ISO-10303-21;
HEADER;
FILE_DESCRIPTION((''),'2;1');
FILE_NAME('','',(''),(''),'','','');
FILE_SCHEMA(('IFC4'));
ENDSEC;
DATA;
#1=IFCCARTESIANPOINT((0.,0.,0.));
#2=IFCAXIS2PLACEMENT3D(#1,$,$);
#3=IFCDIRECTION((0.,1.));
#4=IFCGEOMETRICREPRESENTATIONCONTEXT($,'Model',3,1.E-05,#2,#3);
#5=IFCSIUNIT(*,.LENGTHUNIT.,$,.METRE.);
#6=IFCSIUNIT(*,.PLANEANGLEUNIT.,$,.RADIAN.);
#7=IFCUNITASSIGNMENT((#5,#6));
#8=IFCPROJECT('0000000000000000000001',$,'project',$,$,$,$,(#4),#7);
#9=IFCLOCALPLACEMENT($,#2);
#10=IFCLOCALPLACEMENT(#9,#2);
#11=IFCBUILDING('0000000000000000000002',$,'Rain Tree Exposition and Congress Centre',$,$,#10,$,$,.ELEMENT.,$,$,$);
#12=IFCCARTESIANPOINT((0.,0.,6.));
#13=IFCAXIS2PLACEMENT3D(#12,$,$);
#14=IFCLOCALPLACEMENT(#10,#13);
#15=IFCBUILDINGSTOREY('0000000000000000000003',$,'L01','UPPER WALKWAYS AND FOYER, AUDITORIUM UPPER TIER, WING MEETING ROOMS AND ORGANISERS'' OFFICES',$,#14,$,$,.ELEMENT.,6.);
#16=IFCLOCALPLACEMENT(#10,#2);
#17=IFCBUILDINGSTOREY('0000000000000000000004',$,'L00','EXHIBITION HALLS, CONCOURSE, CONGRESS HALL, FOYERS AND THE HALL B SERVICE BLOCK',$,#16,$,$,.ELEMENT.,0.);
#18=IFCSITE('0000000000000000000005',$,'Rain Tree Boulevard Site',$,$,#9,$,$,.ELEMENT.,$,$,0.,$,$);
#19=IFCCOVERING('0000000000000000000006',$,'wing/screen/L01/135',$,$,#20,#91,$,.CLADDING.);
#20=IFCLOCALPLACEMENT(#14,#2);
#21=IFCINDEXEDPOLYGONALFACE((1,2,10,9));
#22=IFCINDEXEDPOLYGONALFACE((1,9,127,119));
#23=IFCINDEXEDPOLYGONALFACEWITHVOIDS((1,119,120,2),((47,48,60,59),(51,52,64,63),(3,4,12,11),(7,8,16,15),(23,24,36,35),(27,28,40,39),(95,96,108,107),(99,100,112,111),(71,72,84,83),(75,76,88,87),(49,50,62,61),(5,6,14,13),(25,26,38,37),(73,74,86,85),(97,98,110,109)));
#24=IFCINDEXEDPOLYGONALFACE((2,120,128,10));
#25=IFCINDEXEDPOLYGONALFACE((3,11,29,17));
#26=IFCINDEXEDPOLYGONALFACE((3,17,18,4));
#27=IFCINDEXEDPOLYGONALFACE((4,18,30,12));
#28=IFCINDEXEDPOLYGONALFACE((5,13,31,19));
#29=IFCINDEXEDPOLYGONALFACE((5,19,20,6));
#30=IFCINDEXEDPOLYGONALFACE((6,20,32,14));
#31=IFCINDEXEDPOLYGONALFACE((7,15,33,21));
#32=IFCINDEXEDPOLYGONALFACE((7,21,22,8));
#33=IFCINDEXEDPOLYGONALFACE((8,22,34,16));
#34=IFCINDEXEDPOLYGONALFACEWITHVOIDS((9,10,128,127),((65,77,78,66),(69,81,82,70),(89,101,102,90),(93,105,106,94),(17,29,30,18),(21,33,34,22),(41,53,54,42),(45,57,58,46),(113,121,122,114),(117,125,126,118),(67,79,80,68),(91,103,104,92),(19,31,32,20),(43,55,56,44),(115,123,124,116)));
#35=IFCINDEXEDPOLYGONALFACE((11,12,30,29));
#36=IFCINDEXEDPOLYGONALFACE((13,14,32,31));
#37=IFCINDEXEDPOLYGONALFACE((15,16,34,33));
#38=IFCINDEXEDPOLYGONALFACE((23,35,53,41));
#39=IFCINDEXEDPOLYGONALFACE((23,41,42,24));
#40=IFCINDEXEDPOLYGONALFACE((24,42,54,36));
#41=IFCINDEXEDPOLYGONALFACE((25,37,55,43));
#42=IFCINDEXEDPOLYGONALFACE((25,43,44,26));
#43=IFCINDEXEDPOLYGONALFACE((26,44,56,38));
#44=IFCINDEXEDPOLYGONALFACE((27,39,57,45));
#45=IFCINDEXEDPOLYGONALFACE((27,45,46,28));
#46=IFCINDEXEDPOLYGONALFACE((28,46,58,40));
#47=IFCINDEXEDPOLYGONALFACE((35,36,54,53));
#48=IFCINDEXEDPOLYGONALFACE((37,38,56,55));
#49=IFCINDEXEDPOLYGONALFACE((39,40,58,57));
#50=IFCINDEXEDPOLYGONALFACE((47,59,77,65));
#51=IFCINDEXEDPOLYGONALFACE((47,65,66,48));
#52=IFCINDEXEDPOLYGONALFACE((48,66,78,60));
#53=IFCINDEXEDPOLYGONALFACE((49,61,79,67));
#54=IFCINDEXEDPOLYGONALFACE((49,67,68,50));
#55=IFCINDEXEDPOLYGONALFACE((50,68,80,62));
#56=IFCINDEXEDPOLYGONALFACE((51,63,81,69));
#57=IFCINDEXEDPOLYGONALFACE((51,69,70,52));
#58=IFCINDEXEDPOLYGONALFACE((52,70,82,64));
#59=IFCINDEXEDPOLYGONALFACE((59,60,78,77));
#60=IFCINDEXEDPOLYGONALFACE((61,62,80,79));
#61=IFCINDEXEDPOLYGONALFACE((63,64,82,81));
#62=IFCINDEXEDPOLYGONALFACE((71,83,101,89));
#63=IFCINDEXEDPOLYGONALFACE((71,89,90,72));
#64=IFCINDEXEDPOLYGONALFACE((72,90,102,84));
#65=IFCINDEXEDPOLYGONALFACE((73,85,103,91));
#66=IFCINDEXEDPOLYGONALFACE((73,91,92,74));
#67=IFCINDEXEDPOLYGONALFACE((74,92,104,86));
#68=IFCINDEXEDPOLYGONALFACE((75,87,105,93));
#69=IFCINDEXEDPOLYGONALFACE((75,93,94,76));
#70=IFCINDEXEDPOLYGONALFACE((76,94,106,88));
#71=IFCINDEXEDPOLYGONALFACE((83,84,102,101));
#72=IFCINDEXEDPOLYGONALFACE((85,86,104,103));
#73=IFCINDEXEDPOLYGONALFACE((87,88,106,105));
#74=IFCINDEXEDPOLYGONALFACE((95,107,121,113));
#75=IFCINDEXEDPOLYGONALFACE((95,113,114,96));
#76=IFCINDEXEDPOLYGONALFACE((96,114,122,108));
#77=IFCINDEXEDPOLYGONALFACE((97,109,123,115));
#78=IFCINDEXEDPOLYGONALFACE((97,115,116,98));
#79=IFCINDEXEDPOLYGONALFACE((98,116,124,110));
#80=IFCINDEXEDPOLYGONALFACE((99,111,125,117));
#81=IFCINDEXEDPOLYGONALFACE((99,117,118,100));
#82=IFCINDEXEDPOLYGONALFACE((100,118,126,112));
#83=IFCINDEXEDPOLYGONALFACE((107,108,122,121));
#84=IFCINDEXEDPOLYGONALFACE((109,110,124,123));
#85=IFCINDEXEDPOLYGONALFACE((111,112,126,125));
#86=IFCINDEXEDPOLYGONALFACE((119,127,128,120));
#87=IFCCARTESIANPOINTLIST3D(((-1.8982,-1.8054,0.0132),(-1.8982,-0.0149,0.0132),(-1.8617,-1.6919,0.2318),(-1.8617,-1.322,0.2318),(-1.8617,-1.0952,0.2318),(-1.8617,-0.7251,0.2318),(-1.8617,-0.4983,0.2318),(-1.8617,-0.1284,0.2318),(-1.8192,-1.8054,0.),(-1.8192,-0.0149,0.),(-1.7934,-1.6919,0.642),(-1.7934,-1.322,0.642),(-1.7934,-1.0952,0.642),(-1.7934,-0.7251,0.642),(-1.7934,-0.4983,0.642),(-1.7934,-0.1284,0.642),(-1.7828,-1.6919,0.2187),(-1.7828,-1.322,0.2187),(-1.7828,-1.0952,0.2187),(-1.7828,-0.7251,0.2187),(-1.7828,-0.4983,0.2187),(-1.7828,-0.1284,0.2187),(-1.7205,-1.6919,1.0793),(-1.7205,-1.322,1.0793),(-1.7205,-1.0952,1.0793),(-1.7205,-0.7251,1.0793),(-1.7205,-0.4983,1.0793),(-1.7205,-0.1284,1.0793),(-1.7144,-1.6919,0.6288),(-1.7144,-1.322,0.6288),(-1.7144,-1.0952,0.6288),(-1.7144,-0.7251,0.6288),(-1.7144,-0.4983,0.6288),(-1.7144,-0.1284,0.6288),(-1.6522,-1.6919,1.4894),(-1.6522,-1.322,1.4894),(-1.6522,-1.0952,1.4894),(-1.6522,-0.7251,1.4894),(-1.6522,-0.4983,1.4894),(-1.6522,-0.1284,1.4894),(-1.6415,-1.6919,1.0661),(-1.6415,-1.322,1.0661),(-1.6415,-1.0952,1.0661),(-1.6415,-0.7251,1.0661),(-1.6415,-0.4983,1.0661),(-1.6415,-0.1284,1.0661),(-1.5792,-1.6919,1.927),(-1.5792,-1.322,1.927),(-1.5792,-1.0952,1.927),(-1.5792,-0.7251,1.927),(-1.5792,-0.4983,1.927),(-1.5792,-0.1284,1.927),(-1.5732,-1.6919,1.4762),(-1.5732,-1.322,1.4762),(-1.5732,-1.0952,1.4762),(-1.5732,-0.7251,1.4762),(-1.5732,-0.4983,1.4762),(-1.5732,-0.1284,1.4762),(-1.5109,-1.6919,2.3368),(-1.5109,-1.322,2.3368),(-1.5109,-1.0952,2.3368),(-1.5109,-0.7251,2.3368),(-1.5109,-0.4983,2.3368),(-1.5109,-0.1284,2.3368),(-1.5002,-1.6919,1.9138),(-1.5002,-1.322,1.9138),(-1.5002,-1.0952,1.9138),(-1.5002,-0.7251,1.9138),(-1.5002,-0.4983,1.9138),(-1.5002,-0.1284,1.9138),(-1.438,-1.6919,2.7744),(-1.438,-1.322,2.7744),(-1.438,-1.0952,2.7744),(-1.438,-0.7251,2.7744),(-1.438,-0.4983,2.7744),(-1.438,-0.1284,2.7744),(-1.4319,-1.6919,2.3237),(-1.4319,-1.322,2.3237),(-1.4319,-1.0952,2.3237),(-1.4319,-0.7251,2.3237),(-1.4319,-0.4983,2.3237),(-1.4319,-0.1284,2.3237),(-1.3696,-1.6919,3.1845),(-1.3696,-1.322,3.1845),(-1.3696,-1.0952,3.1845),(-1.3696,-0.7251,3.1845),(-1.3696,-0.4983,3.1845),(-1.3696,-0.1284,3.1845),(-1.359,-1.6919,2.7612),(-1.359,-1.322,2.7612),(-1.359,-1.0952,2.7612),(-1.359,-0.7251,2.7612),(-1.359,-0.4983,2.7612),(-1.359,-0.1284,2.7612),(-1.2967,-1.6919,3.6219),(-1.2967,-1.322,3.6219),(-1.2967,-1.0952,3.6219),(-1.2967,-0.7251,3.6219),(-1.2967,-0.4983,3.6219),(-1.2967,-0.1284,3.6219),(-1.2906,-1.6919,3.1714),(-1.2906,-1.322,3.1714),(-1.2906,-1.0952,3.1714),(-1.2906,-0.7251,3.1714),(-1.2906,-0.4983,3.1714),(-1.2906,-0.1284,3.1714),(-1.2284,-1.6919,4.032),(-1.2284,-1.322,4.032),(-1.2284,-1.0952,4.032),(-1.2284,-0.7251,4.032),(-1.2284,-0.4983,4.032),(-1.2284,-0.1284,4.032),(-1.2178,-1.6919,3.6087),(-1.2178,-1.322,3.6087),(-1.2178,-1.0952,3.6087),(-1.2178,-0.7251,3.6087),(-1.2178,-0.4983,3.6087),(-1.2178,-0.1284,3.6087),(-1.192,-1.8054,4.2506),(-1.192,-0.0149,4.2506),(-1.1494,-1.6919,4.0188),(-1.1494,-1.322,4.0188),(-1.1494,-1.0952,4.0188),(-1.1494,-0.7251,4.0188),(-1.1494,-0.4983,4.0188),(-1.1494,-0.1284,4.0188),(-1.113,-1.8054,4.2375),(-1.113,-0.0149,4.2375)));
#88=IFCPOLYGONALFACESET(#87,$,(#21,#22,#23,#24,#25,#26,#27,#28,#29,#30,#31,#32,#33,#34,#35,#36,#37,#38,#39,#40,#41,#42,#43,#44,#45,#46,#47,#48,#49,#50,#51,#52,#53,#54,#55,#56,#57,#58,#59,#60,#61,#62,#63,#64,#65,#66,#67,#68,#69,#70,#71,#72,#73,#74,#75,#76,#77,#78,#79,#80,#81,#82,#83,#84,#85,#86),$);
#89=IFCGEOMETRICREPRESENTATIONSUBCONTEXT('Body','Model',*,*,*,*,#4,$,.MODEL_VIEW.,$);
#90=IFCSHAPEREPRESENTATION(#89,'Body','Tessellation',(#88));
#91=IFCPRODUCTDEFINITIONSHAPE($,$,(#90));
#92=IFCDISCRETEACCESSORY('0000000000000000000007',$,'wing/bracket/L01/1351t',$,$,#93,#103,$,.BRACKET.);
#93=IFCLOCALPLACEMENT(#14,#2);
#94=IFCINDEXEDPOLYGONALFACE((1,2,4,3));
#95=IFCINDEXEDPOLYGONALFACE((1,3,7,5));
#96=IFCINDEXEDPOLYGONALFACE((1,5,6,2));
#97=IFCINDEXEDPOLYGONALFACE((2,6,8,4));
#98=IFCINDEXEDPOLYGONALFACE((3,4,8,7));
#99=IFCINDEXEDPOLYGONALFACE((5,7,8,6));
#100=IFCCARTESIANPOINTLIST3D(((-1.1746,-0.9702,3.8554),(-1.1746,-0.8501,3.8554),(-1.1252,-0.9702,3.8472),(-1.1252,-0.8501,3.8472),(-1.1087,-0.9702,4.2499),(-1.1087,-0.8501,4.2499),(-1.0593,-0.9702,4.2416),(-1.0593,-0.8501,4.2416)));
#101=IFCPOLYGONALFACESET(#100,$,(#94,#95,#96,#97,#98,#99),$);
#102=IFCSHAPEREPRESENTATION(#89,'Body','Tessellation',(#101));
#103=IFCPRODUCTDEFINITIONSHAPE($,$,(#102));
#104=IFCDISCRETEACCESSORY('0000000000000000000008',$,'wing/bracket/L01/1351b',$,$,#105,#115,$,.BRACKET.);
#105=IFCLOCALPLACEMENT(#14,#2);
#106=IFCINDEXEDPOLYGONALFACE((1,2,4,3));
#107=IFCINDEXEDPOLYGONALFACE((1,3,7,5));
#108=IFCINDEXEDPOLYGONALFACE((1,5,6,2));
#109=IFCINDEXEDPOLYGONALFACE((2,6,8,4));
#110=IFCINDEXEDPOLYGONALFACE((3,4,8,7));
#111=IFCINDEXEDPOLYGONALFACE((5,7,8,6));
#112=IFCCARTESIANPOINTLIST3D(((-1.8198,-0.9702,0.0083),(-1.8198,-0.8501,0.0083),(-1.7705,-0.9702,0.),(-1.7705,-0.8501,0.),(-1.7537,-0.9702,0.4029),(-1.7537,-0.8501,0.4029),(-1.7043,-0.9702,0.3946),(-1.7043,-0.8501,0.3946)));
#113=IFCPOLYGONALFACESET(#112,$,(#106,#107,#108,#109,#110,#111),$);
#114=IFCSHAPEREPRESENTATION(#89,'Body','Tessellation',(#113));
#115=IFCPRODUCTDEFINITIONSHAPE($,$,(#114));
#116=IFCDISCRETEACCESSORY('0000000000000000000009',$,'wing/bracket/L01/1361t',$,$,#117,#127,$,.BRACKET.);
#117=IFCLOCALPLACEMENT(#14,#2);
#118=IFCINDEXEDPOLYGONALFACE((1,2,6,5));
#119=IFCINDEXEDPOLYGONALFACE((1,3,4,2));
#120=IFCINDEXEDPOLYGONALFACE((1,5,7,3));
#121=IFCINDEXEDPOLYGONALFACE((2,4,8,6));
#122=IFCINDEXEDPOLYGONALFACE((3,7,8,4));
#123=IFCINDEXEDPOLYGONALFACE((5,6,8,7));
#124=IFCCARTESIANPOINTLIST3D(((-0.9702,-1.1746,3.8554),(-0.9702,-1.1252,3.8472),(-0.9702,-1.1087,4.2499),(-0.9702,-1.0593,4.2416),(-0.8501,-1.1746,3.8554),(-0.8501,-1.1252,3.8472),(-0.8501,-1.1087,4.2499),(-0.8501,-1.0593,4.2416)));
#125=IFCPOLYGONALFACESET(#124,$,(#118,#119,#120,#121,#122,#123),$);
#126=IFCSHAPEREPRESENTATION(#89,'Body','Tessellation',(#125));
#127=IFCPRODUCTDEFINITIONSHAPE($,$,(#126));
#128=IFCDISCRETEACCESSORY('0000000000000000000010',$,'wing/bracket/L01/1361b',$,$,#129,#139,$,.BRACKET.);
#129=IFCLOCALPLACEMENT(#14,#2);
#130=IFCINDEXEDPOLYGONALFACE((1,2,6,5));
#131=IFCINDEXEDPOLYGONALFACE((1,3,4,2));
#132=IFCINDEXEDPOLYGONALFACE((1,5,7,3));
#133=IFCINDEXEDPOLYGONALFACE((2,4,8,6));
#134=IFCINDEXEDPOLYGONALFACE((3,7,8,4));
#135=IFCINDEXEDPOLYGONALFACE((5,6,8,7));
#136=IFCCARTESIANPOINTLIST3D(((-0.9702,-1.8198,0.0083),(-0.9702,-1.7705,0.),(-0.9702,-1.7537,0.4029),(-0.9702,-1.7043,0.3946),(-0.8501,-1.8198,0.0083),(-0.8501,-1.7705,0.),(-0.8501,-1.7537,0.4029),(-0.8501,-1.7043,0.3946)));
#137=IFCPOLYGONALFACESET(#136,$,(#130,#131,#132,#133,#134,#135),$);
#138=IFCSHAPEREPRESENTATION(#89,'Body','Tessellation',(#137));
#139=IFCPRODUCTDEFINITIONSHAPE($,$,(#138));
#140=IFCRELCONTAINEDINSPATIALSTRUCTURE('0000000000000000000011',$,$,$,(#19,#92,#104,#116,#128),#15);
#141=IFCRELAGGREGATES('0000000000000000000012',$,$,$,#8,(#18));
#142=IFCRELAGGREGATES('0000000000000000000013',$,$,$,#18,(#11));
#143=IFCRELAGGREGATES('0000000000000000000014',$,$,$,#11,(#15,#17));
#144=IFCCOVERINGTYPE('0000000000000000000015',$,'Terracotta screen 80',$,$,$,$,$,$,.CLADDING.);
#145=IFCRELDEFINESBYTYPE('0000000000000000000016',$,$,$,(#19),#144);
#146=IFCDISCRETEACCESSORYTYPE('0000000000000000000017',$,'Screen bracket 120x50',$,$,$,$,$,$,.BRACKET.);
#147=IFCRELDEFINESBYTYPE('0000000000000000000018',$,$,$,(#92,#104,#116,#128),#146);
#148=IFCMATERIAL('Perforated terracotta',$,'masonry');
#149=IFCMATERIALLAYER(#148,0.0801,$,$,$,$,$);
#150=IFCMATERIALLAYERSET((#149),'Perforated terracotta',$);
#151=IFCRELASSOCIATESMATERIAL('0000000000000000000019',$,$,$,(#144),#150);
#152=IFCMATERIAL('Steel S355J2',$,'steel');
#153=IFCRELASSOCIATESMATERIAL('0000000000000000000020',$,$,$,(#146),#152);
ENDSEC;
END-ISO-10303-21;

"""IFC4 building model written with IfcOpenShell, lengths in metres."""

from ifc_helpers import new_model, si_unit, direction, frame, origin, origin_2d, place, context, subcontext, project, spatial, polyline, rectangle, outline, extrude, material, layer, layer_set, material_profile, profile_set, type_object, element, save


model = new_model("IFC4")

# Units and contexts
model_context = context("Model", 3, precision=1e-05, world=origin(), true_north=direction((0.0, 1.0)))
body_context = subcontext(model_context, "Body", "Model", "MODEL_VIEW")
ifc_project = project(units=[si_unit("LENGTHUNIT", "METRE"), si_unit("PLANEANGLEUNIT", "RADIAN")], contexts=[model_context])

# Site, building, storey
site_placement = place(None, origin())
site = spatial("IfcSite", under=ifc_project, at=site_placement, Name="Rain Tree Boulevard Site", CompositionType="ELEMENT", RefElevation=0.0)
building_placement = place(site_placement, origin())
building = spatial("IfcBuilding", under=site, at=building_placement, Name="Rain Tree Exposition and Congress Centre", CompositionType="ELEMENT")
storey_1_placement = place(building_placement, frame((0.0, 0.0, 6.0)))
storey_1 = spatial("IfcBuildingStorey", under=building, at=storey_1_placement, Name="L01", Description="UPPER WALKWAYS AND FOYER, AUDITORIUM UPPER TIER, WING MEETING ROOMS AND ORGANISERS' OFFICES", CompositionType="ELEMENT", Elevation=6.0)

# Shared definitions
storey_2_placement = place(building_placement, origin())
storey_2 = spatial("IfcBuildingStorey", under=building, at=storey_2_placement, Name="L00", Description="EXHIBITION HALLS, CONCOURSE, CONGRESS HALL, FOYERS AND THE HALL B SERVICE BLOCK", CompositionType="ELEMENT", Elevation=0.0)

# Covering
ifc_material_1 = material(Name="Perforated terracotta", Category="masonry")
ifc_layer_1 = layer(ifc_material_1, 0.0801)
ifc_layer_set_1 = layer_set([ifc_layer_1], Name="Perforated terracotta")
covering_type_1 = type_object("IfcCoveringType", Name="Terracotta screen 80", PredefinedType="CLADDING", material=ifc_layer_set_1)
covering_1_placement = place(storey_1_placement, frame((-1.8982, 0.0, 0.0132), z_axis=(0.986394, 0.0, -0.164399), x_axis=(0.0, 1.0, 0.0)))
element("IfcCovering", 1, at=covering_1_placement, inside=storey_1, type_object=covering_type_1, Name="wing/screen/L01/135", PredefinedType="CLADDING", context=body_context, shape_type="SweptSolid", body=[
    extrude(outline(polyline([(-1.8054, 0.0), (-1.8054, 4.2959), (-0.0149, 4.2959), (-0.0149, 0.0), (-1.8054, 0.0)]), holes=[polyline([(-0.1284, 0.2217), (-0.1284, 0.6375), (-0.4983, 0.6375), (-0.4983, 0.2217), (-0.1284, 0.2217)]), polyline([(-0.1284, 1.0808), (-0.1284, 1.4966), (-0.4983, 1.4966), (-0.4983, 1.0808), (-0.1284, 1.0808)]), polyline([(-0.1284, 1.9402), (-0.1284, 2.3557), (-0.4983, 2.3557), (-0.4983, 1.9402), (-0.1284, 1.9402)]), polyline([(-0.1284, 2.7993), (-0.1284, 3.2151), (-0.4983, 3.2151), (-0.4983, 2.7993), (-0.1284, 2.7993)]), polyline([(-0.1284, 3.6584), (-0.1284, 4.0742), (-0.4983, 4.0742), (-0.4983, 3.6584), (-0.1284, 3.6584)]), polyline([(-0.7251, 0.2217), (-0.7251, 0.6375), (-1.0952, 0.6375), (-1.0952, 0.2217), (-0.7251, 0.2217)]), polyline([(-0.7251, 1.0808), (-0.7251, 1.4966), (-1.0952, 1.4966), (-1.0952, 1.0808), (-0.7251, 1.0808)]), polyline([(-0.7251, 1.9402), (-0.7251, 2.3557), (-1.0952, 2.3557), (-1.0952, 1.9402), (-0.7251, 1.9402)]), polyline([(-0.7251, 2.7993), (-0.7251, 3.2151), (-1.0952, 3.2151), (-1.0952, 2.7993), (-0.7251, 2.7993)]), polyline([(-0.7251, 3.6584), (-0.7251, 4.0742), (-1.0952, 4.0742), (-1.0952, 3.6584), (-0.7251, 3.6584)]), polyline([(-1.322, 0.2217), (-1.322, 0.6375), (-1.6919, 0.6375), (-1.6919, 0.2217), (-1.322, 0.2217)]), polyline([(-1.322, 1.0808), (-1.322, 1.4966), (-1.6919, 1.4966), (-1.6919, 1.0808), (-1.322, 1.0808)]), polyline([(-1.322, 1.9402), (-1.322, 2.3557), (-1.6919, 2.3557), (-1.6919, 1.9402), (-1.322, 1.9402)]), polyline([(-1.322, 2.7993), (-1.322, 3.2151), (-1.6919, 3.2151), (-1.6919, 2.7993), (-1.322, 2.7993)]), polyline([(-1.322, 3.6584), (-1.322, 4.0742), (-1.6919, 4.0742), (-1.6919, 3.6584), (-1.322, 3.6584)])]), origin(), (0.0, 0.0, 1.0), 0.0801),
])

# Discrete accessories
ifc_material_2 = material(Name="Steel S355J2", Category="steel")
ifc_material_profile_1 = material_profile(ifc_material_2, rectangle(XDim=0.1201, YDim=0.05, at=origin_2d()), Name="Flat bar 120x50")
ifc_profile_set_1 = profile_set([ifc_material_profile_1], Name="Steel S355J2")
discrete_accessory_type = type_object("IfcDiscreteAccessoryType", Name="Screen bracket 120x50", PredefinedType="BRACKET", material=ifc_profile_set_1)
discrete_accessory_1_placement = place(storey_1_placement, frame((-1.1499, -0.9102, 3.8513), z_axis=(0.164795, 0.0, 0.986328), x_axis=(0.0, 1.0, 0.0)))
element("IfcDiscreteAccessory", 2, at=discrete_accessory_1_placement, inside=storey_1, type_object=discrete_accessory_type, Name="wing/bracket/L01/1351t", PredefinedType="BRACKET", context=body_context, shape_type="SweptSolid", body=[
    extrude(rectangle(XDim=0.1201, YDim=0.05, at=origin_2d()), origin(), (0.0, 0.0, 1.0), 0.3999),
])
discrete_accessory_2_placement = place(storey_1_placement, frame((-1.7952, -0.9102, 0.0042), z_axis=(0.165389, 0.0, 0.986228), x_axis=(0.0, 1.0, 0.0)))
element("IfcDiscreteAccessory", 3, at=discrete_accessory_2_placement, inside=storey_1, type_object=discrete_accessory_type, Name="wing/bracket/L01/1351b", PredefinedType="BRACKET", context=body_context, shape_type="SweptSolid", body=[
    extrude(rectangle(XDim=0.1201, YDim=0.05, at=origin_2d()), origin(), (0.0, 0.0, 1.0), 0.4001),
])
discrete_accessory_3_placement = place(storey_1_placement, frame((-0.9102, -1.1499, 3.8513), z_axis=(0.0, 0.164795, 0.986328), x_axis=(-1.0, 0.0, 0.0)))
element("IfcDiscreteAccessory", 4, at=discrete_accessory_3_placement, inside=storey_1, type_object=discrete_accessory_type, Name="wing/bracket/L01/1361t", PredefinedType="BRACKET", context=body_context, shape_type="SweptSolid", body=[
    extrude(rectangle(XDim=0.1201, YDim=0.05, at=origin_2d()), origin(), (0.0, 0.0, 1.0), 0.3999),
])
discrete_accessory_4_placement = place(storey_1_placement, frame((-0.9102, -1.7952, 0.0042), z_axis=(0.0, 0.165389, 0.986228), x_axis=(-1.0, 0.0, 0.0)))
element("IfcDiscreteAccessory", 5, at=discrete_accessory_4_placement, inside=storey_1, type_object=discrete_accessory_type, Name="wing/bracket/L01/1361b", PredefinedType="BRACKET", context=body_context, shape_type="SweptSolid", body=[
    extrude(rectangle(XDim=0.1201, YDim=0.05, at=origin_2d()), origin(), (0.0, 0.0, 1.0), 0.4001),
])

save(model, "model.ifc")
